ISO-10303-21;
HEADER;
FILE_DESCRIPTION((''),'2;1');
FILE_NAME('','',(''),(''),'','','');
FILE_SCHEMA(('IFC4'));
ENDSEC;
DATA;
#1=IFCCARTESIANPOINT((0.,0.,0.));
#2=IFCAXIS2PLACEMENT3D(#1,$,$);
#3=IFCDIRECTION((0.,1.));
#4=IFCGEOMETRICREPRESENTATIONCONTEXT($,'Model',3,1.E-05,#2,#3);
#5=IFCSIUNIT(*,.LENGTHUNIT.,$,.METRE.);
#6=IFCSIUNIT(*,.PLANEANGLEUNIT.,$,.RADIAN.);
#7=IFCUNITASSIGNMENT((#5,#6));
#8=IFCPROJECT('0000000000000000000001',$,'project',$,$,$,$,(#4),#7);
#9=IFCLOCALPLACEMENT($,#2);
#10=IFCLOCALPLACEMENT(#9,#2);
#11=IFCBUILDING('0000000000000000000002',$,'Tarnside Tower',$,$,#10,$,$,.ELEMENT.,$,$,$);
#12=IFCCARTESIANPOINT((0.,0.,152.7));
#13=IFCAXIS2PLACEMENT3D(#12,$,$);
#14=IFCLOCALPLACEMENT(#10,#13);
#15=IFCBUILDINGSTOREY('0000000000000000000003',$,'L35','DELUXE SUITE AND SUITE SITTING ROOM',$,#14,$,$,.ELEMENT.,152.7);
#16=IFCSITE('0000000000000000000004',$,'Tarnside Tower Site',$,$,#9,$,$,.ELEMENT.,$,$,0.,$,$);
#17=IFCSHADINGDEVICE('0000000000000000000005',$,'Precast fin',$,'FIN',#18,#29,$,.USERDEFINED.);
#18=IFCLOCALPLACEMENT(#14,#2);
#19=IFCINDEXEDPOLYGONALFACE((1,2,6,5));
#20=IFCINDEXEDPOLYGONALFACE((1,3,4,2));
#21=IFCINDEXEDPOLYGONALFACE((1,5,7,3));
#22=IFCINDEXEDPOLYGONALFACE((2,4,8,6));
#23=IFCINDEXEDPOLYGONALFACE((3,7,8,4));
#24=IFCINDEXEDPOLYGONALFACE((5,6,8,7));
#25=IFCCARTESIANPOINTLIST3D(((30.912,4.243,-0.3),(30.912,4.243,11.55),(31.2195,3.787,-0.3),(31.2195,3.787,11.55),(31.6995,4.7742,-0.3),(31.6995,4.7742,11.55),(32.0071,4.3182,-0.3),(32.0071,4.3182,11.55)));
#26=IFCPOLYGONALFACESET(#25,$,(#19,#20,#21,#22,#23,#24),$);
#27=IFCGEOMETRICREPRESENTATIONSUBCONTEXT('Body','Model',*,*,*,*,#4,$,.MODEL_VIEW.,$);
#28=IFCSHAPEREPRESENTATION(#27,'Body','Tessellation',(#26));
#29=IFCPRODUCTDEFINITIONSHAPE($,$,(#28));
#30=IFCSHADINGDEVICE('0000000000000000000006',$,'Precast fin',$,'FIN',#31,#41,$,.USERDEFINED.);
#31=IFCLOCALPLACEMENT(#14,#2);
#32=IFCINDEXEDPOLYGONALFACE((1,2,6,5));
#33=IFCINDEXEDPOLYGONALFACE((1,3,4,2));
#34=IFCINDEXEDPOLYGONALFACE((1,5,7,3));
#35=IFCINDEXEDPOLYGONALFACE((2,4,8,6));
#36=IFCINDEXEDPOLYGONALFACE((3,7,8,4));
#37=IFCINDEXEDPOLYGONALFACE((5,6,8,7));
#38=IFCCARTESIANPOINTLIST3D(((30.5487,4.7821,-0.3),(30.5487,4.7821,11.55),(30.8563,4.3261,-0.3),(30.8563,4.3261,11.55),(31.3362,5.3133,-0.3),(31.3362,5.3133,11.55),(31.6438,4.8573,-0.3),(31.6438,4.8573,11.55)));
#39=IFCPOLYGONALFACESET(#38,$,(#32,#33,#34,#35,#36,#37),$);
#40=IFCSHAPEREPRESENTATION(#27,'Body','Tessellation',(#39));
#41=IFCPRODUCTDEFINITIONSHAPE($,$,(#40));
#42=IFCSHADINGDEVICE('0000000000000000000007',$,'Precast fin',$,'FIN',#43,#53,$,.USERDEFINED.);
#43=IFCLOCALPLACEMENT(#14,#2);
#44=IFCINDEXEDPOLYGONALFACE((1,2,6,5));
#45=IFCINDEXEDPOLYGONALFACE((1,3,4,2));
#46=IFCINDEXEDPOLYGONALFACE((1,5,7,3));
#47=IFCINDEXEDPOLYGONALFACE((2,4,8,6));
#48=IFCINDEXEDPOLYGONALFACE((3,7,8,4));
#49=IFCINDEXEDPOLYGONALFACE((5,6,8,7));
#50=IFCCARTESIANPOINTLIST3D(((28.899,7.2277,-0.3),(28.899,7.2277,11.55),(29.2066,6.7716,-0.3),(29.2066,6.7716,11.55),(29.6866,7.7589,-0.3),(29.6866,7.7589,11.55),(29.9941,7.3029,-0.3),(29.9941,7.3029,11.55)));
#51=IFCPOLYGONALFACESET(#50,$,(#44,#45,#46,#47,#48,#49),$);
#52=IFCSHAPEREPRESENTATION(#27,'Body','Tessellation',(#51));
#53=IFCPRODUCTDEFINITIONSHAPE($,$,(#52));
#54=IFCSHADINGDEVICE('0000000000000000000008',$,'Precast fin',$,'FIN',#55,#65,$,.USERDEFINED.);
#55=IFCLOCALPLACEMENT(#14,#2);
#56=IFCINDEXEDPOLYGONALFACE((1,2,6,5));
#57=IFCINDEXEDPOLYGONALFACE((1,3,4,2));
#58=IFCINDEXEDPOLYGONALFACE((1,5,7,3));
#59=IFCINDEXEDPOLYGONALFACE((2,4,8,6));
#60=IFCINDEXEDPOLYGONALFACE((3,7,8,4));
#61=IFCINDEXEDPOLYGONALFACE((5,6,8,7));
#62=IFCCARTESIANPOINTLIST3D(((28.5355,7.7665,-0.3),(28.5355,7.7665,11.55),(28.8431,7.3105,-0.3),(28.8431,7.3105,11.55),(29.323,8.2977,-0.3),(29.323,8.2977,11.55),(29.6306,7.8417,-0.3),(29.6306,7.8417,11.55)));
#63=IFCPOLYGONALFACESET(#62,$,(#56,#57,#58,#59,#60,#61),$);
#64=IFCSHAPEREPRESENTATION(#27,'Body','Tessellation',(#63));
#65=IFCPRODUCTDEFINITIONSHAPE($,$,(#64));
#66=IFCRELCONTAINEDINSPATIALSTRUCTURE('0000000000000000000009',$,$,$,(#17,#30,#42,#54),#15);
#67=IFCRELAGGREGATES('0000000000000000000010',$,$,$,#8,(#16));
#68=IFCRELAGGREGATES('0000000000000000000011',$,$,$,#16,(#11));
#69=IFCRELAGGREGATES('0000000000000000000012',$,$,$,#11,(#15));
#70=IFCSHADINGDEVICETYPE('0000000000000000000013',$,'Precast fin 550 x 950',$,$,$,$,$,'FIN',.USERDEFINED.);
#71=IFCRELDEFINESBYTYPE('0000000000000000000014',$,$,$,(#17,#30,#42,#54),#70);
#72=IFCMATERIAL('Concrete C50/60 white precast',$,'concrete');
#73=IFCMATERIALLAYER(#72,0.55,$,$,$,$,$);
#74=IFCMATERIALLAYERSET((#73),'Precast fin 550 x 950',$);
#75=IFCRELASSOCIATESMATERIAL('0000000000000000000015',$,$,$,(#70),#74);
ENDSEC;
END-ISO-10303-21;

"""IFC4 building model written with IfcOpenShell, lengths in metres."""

from ifc_helpers import new_model, si_unit, direction, frame, origin, place, context, subcontext, project, spatial, polyline, outline, extrude, material, layer, layer_set, type_object, element, save


model = new_model("IFC4")

# Units and contexts
model_context = context("Model", 3, precision=1e-05, world=origin(), true_north=direction((0.0, 1.0)))
body_context = subcontext(model_context, "Body", "Model", "MODEL_VIEW")
ifc_project = project(units=[si_unit("LENGTHUNIT", "METRE"), si_unit("PLANEANGLEUNIT", "RADIAN")], contexts=[model_context])

# Site, building, storey
site_placement = place(None, origin())
site = spatial("IfcSite", under=ifc_project, at=site_placement, Name="Tarnside Tower Site", CompositionType="ELEMENT", RefElevation=0.0)
building_placement = place(site_placement, origin())
building = spatial("IfcBuilding", under=site, at=building_placement, Name="Tarnside Tower", CompositionType="ELEMENT")
storey_placement = place(building_placement, frame((0.0, 0.0, 152.7)))
storey = spatial("IfcBuildingStorey", under=building, at=storey_placement, Name="L35", Description="DELUXE SUITE AND SUITE SITTING ROOM", CompositionType="ELEMENT", Elevation=152.7)

# Shading devices
ifc_material_1 = material(Name="Concrete C50/60 white precast", Category="concrete")
ifc_layer_1 = layer(ifc_material_1, 0.55)
ifc_layer_set_1 = layer_set([ifc_layer_1], Name="Precast fin 550 x 950")
shading_device_type_1 = type_object("IfcShadingDeviceType", Name="Precast fin 550 x 950", ElementType="FIN", PredefinedType="USERDEFINED", material=ifc_layer_set_1)
for number, where, z_axis, x_axis, name in (
    (1, (31.0657, 4.0151, -0.3), (0.559193, -0.829038, 0.0), (0.829038, 0.559193, 0.0), "Precast fin"),
    (2, (30.7024, 4.5542, -0.3), (0.559193, -0.829038, 0.0), (0.829038, 0.559193, 0.0), "Precast fin"),
    (3, (29.0527, 6.9998, -0.3), (0.559193, -0.829038, 0.0), (0.829038, 0.559193, 0.0), "Precast fin"),
    (4, (28.6892, 7.5386, -0.3), (0.559193, -0.829038, 0.0), (0.829038, 0.559193, 0.0), "Precast fin"),
):
    element("IfcShadingDevice", number, at=place(storey_placement, frame(where, z_axis=z_axis, x_axis=x_axis)), inside=storey, type_object=shading_device_type_1, Name=name, ObjectType="FIN", PredefinedType="USERDEFINED", context=body_context, shape_type="SweptSolid", body=[
        extrude(outline(polyline([(0.0, 0.0), (0.95, 0.0), (0.95, 11.8501), (0.0, 11.8501), (0.0, 0.0)])), frame((0.0, 0.0, -0.2749)), (0.0, 0.0, 1.0), 0.55),
    ])

save(model, "model.ifc")
